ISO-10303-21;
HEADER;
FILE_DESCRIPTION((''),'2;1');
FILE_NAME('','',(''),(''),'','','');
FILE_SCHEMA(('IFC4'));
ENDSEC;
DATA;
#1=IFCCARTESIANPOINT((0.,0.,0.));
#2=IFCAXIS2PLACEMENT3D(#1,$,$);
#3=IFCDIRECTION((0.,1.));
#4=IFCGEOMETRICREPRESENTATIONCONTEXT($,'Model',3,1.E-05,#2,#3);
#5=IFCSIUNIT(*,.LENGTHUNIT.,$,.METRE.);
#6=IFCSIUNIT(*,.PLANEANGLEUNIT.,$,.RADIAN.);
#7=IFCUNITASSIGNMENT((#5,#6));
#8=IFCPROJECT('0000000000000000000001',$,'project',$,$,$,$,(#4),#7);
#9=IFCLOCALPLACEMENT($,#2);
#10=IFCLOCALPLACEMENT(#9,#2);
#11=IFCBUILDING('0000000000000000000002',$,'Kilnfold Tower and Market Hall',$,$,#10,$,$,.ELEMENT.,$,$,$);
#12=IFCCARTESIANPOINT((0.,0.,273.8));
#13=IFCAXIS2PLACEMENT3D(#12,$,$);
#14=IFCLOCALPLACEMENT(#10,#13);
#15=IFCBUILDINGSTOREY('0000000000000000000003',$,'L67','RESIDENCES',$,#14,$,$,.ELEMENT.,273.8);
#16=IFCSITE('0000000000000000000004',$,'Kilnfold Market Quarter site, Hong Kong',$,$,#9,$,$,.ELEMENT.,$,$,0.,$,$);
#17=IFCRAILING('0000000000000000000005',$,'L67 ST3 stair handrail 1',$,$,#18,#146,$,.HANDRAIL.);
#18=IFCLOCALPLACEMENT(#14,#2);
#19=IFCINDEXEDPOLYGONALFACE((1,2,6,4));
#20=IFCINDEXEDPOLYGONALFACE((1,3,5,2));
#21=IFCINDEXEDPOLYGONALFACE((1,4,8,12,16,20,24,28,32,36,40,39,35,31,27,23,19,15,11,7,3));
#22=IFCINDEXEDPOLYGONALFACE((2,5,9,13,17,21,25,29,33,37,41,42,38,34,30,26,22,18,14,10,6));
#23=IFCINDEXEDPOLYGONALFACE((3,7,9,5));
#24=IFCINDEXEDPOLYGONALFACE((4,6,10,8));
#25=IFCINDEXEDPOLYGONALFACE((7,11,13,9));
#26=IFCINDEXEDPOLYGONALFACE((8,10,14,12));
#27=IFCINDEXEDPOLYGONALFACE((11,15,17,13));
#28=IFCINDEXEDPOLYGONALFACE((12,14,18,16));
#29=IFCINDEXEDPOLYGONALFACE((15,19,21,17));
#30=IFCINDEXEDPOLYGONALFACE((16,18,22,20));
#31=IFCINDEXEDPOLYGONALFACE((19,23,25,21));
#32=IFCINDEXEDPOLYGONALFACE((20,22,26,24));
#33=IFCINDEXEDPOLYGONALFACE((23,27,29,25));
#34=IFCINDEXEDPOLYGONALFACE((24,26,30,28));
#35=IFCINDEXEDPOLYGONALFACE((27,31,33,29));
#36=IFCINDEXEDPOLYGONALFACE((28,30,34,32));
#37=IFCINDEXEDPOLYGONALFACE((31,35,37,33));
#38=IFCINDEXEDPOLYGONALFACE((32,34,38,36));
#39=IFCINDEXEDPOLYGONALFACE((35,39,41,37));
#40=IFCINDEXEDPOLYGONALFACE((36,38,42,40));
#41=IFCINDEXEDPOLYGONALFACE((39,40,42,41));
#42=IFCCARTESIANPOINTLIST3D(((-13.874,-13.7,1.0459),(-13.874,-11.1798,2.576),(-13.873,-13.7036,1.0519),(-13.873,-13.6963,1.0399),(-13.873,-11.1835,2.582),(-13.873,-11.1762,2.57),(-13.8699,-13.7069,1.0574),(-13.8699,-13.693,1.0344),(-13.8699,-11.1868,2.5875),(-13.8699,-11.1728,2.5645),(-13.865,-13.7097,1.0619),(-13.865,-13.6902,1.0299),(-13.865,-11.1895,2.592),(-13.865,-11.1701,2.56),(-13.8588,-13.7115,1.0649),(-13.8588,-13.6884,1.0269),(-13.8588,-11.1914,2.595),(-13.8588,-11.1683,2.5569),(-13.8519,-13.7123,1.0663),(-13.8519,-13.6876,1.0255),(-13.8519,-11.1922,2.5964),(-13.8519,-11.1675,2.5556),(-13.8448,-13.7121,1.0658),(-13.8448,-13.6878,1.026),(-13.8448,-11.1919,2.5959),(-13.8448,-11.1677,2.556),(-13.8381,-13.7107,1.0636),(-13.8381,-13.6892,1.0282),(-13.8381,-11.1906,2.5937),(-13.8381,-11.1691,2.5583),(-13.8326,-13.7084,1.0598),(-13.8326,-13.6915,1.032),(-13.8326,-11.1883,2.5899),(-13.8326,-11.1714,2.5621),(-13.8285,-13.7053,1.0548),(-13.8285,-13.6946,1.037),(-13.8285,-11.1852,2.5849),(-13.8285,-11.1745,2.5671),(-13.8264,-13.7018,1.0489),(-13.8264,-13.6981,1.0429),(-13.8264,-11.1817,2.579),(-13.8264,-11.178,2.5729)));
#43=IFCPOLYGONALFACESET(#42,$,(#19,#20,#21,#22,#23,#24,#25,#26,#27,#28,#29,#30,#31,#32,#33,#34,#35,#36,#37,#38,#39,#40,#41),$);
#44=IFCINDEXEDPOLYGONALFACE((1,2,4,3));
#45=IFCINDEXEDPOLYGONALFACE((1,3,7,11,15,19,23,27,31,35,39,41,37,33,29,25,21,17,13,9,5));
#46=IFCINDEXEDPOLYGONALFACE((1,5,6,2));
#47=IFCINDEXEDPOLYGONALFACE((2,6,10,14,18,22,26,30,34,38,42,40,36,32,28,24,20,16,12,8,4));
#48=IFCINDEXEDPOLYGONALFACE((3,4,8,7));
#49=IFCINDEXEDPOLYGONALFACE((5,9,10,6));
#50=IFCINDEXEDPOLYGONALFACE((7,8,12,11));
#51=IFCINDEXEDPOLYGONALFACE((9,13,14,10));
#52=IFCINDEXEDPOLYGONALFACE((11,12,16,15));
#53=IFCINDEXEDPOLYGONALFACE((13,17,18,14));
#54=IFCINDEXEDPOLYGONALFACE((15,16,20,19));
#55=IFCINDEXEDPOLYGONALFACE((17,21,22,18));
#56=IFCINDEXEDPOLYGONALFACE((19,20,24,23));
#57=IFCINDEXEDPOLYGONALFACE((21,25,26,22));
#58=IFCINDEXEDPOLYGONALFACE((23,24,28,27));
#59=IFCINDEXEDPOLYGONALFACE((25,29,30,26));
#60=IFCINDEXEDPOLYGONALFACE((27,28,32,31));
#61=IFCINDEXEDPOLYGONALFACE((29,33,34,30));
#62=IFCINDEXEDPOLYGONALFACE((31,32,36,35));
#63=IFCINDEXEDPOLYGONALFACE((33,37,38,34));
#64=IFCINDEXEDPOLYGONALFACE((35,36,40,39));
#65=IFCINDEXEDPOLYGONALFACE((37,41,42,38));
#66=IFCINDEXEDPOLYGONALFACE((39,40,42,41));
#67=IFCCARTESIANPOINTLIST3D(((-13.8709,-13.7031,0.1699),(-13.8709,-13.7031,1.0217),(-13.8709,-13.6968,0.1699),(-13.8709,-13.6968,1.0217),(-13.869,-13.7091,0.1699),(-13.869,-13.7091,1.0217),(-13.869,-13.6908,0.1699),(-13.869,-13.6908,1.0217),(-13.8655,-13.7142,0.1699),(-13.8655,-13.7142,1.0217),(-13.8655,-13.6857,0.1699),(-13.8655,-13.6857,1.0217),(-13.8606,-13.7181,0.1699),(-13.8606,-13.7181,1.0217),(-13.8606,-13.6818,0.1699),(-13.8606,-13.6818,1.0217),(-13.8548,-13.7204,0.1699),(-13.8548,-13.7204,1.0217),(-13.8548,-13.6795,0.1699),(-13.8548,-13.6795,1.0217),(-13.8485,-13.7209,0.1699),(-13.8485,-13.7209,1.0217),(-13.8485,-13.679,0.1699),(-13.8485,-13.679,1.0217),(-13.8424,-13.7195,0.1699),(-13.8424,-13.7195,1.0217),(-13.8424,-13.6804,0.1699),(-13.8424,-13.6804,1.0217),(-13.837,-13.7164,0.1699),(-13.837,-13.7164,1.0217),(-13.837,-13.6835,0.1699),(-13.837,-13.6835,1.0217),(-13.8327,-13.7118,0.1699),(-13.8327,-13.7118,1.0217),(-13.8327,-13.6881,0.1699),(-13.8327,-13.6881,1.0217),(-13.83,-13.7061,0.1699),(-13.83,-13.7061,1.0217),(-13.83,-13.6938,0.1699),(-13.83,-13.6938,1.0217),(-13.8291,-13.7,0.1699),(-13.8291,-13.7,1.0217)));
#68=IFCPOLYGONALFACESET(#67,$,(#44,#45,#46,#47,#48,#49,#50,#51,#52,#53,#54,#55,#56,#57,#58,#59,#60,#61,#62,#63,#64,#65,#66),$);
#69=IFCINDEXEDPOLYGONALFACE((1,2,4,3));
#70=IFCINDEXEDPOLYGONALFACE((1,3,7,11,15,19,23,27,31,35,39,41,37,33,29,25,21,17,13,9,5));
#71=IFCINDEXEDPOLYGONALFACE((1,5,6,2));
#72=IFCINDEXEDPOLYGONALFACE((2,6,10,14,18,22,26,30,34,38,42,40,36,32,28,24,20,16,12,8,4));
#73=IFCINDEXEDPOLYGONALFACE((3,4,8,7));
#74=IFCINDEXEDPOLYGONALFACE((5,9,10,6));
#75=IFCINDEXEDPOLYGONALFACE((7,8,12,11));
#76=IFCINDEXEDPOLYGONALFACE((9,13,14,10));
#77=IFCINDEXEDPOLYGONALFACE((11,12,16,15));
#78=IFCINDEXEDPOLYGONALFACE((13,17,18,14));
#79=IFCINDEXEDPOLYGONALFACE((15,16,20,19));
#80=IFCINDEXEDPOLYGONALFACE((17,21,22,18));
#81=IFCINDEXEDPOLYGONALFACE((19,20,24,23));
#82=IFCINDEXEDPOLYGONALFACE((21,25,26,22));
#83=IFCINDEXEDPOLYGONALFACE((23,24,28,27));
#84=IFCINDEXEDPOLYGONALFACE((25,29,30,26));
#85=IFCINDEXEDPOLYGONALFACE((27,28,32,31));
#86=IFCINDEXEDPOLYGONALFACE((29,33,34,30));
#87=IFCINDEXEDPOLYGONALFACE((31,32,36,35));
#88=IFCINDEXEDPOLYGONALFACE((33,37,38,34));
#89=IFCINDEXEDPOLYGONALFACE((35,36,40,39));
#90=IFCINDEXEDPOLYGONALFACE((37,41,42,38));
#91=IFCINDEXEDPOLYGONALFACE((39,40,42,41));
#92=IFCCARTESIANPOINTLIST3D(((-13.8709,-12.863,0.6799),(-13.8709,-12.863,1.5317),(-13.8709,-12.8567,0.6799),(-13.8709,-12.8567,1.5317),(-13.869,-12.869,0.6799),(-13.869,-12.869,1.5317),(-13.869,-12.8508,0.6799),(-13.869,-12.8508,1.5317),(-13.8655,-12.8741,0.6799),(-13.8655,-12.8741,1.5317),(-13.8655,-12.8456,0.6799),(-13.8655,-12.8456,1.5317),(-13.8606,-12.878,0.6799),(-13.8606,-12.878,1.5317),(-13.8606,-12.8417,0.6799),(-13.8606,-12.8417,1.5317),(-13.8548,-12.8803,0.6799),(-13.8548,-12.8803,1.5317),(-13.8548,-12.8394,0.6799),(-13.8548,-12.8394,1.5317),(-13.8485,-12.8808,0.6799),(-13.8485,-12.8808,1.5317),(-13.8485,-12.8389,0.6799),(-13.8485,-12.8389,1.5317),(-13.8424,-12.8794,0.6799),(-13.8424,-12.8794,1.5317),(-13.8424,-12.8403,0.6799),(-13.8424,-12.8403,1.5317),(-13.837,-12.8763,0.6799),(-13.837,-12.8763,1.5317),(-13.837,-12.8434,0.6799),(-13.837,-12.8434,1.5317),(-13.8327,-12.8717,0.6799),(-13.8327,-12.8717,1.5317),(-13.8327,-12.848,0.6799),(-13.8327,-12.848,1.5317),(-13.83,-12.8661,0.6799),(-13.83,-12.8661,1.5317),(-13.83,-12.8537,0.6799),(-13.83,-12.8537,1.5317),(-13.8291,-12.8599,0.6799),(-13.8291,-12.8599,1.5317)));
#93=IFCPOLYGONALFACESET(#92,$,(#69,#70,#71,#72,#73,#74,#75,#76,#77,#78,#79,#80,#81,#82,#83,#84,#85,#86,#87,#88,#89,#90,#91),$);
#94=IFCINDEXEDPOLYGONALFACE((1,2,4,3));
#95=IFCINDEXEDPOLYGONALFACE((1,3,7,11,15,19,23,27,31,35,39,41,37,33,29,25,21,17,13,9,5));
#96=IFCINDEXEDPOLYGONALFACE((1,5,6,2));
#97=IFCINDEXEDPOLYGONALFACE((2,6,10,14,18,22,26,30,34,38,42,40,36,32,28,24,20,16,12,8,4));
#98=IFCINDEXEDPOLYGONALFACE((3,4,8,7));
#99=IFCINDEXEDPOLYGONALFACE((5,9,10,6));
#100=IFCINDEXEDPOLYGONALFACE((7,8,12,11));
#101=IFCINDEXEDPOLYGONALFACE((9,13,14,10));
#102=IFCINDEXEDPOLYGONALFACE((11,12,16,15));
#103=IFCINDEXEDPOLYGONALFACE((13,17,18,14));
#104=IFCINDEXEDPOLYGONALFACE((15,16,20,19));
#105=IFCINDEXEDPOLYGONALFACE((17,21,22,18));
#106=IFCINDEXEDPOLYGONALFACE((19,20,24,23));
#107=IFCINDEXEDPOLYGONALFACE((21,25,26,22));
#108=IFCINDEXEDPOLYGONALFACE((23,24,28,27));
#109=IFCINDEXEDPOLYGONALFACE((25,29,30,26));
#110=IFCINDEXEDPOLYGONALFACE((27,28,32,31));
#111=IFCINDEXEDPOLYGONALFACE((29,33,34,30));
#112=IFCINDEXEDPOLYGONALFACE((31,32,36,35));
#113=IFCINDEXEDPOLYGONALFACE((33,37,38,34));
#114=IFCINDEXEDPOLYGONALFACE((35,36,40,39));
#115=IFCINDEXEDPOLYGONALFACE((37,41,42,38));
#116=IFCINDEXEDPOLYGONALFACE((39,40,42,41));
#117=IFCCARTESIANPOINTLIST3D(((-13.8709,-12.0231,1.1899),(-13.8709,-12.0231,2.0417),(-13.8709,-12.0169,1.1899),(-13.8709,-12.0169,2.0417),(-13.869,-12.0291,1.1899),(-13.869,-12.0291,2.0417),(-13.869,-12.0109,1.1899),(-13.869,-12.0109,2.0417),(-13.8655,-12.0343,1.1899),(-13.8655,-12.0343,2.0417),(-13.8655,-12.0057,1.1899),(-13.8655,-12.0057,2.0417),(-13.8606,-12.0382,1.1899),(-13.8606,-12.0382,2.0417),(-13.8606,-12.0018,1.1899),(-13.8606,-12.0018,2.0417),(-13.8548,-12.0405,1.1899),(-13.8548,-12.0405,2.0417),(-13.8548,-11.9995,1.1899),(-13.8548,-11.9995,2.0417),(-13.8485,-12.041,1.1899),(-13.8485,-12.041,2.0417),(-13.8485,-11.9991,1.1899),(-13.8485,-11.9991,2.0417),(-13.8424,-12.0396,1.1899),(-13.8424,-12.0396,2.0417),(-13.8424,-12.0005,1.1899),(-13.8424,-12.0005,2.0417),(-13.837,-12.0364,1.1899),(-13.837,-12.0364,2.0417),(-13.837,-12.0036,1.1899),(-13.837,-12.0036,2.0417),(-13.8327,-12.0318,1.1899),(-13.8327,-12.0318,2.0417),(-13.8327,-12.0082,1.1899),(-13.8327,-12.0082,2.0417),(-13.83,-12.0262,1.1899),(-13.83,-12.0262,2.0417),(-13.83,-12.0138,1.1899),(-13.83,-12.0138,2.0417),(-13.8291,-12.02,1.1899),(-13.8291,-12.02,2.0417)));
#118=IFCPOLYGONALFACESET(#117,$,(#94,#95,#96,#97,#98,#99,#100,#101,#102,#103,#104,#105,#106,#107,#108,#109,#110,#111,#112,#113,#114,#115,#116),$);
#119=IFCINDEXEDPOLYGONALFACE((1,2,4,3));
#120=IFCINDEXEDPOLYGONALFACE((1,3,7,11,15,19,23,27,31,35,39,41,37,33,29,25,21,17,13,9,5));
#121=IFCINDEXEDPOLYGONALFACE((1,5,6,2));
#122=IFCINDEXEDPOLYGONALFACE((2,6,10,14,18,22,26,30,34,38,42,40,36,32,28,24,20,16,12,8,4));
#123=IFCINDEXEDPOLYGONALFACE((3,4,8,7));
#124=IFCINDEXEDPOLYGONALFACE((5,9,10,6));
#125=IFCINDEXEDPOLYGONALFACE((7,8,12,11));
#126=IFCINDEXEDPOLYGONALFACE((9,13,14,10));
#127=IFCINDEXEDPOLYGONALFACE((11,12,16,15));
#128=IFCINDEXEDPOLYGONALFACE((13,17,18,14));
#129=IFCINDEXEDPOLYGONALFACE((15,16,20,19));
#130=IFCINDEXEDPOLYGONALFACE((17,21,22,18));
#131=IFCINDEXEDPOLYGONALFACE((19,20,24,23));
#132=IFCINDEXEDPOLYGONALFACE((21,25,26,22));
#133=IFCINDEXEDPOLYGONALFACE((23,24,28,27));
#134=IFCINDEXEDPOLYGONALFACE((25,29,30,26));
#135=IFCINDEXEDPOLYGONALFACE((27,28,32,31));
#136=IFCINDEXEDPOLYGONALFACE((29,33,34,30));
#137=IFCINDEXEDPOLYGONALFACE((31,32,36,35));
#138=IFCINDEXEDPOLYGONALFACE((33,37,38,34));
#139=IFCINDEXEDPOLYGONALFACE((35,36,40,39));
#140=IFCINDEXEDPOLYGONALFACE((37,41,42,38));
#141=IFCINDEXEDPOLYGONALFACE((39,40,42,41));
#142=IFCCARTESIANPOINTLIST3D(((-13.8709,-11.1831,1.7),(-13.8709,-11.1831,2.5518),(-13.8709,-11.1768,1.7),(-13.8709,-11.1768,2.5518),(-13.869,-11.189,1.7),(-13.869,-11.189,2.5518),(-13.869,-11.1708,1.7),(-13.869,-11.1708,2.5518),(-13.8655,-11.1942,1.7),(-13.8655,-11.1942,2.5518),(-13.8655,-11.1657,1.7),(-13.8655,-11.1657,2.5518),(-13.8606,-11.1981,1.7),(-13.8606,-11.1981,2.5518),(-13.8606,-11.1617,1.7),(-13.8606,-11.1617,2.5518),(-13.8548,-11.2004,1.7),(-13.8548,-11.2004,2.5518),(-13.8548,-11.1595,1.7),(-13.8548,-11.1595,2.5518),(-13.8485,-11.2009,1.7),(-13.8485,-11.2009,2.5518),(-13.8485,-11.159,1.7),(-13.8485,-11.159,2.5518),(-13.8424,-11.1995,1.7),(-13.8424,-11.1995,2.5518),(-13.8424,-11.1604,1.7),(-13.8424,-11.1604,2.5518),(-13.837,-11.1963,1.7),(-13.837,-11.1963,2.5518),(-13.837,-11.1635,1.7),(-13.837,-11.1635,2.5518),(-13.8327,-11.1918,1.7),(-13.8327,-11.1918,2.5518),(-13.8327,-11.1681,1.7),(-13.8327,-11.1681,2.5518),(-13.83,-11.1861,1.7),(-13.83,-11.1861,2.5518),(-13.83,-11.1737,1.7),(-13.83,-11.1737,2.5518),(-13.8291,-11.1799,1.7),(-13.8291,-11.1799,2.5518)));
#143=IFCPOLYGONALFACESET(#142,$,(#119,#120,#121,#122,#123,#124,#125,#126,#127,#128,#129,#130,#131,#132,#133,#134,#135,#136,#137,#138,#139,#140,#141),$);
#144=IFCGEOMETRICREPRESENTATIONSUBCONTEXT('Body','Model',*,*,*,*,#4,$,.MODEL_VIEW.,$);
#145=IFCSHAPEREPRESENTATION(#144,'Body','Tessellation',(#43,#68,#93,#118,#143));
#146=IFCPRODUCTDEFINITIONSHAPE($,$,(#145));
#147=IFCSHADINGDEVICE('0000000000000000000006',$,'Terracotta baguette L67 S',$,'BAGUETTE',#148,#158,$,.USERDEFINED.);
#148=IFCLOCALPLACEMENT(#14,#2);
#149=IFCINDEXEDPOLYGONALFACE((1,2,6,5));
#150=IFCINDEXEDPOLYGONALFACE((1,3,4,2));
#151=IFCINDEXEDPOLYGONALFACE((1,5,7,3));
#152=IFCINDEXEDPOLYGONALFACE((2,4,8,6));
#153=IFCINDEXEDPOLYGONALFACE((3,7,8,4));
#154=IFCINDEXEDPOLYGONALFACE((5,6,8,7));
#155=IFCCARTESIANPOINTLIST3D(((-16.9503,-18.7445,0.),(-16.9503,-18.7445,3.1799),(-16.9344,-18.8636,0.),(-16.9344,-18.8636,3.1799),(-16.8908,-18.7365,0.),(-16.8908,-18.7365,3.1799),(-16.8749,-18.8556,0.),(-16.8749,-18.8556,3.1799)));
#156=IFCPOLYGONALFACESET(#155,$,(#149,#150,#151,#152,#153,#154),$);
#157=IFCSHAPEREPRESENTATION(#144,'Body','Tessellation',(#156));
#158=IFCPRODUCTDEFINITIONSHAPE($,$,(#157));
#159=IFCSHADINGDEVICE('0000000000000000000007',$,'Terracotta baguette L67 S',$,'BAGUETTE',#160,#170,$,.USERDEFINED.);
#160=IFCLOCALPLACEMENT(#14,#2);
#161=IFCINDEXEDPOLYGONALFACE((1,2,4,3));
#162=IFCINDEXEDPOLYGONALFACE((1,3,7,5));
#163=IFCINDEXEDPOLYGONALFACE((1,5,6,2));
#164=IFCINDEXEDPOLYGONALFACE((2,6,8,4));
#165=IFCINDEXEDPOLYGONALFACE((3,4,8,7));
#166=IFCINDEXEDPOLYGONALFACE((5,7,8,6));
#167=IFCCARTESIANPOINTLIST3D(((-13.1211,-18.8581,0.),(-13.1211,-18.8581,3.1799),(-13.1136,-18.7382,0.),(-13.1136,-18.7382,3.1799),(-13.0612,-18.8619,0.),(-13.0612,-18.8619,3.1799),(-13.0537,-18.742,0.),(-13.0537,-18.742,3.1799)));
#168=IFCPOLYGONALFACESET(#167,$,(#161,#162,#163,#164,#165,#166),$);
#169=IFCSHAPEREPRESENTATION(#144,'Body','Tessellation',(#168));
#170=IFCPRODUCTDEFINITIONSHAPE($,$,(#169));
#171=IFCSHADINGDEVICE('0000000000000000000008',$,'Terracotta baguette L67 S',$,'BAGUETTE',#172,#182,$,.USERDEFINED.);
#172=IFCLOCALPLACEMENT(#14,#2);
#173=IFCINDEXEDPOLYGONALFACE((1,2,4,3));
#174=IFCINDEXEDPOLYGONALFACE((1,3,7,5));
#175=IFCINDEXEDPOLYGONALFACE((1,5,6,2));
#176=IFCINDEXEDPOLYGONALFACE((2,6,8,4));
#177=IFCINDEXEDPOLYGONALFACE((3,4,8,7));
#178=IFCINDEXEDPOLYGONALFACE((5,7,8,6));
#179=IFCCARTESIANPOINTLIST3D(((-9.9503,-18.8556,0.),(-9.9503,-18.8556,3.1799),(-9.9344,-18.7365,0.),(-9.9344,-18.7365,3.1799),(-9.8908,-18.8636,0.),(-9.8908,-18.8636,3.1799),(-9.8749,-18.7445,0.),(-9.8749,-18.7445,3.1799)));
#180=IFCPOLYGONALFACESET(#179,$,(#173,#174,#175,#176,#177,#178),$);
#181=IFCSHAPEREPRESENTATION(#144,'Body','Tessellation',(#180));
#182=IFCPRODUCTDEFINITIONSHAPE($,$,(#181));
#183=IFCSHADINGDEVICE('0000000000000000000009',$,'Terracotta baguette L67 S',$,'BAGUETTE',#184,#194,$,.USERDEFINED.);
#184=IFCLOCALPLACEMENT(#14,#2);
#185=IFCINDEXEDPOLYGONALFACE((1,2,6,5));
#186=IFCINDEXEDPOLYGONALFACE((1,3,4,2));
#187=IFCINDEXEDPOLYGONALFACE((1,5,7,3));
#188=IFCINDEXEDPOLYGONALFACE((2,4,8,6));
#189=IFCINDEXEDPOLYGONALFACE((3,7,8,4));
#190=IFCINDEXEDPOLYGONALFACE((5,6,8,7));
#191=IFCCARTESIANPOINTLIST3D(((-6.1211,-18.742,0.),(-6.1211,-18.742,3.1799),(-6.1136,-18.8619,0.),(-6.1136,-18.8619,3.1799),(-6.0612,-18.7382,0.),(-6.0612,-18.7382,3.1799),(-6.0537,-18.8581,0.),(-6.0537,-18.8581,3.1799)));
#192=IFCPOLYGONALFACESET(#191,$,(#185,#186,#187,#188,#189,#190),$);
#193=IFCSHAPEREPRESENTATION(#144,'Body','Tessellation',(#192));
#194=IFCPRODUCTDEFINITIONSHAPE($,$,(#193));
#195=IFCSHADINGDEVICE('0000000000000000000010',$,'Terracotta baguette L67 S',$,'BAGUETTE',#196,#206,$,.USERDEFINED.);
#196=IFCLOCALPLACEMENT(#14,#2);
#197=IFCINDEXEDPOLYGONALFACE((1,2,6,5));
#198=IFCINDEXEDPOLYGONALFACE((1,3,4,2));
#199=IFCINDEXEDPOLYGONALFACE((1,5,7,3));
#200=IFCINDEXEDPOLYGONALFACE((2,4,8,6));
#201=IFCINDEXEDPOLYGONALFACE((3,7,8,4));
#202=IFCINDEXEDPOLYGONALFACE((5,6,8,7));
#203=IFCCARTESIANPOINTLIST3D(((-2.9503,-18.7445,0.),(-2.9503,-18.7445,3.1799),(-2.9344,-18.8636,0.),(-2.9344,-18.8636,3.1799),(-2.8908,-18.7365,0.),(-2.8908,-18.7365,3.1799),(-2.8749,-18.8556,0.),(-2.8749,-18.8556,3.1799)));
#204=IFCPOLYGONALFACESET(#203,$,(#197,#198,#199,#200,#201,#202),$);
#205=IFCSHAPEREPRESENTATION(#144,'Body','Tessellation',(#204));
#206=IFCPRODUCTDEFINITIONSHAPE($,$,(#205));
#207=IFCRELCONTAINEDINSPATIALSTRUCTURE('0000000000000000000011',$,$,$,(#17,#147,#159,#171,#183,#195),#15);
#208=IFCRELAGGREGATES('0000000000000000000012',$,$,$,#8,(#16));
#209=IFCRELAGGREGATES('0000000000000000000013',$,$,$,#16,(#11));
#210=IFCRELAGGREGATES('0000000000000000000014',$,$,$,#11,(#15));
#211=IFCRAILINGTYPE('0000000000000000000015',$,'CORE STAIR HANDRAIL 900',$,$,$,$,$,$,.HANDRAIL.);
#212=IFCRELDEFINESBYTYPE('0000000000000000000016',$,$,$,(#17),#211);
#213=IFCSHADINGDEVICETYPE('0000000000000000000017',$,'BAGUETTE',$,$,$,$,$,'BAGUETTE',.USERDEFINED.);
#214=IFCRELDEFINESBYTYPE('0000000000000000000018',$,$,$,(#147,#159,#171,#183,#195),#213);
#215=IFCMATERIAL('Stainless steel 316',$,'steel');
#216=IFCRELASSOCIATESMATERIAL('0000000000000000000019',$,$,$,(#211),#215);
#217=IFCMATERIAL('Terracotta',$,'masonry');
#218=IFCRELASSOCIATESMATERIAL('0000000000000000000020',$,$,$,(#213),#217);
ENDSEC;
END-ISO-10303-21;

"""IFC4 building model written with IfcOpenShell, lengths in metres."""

from ifc_helpers import new_model, si_unit, direction, frame, origin, origin_2d, place, context, subcontext, project, spatial, rectangle, circle, extrude, source, transform, mapped, material, material_profile, profile_set, type_object, element, save


model = new_model("IFC4")

# Units and contexts
model_context = context("Model", 3, precision=1e-05, world=origin(), true_north=direction((0.0, 1.0)))
body_context = subcontext(model_context, "Body", "Model", "MODEL_VIEW")
ifc_project = project(units=[si_unit("LENGTHUNIT", "METRE"), si_unit("PLANEANGLEUNIT", "RADIAN")], contexts=[model_context])

# Site, building, storey
site_placement = place(None, origin())
site = spatial("IfcSite", under=ifc_project, at=site_placement, Name="Kilnfold Market Quarter site, Hong Kong", CompositionType="ELEMENT", RefElevation=0.0)
building_placement = place(site_placement, origin())
building = spatial("IfcBuilding", under=site, at=building_placement, Name="Kilnfold Tower and Market Hall", CompositionType="ELEMENT")
storey_placement = place(building_placement, frame((0.0, 0.0, 273.8)))
storey = spatial("IfcBuildingStorey", under=building, at=storey_placement, Name="L67", Description="RESIDENCES", CompositionType="ELEMENT", Elevation=273.8)

# Railing
ifc_material_1 = material(Name="Stainless steel 316", Category="steel")
railing_type_1 = type_object("IfcRailingType", Name="CORE STAIR HANDRAIL 900", PredefinedType="HANDRAIL", material=ifc_material_1)
railing_1_placement = place(storey_placement, frame((-13.8501, -13.7, 0.1699)))
element("IfcRailing", 1, at=railing_1_placement, inside=storey, type_object=railing_type_1, Name="L67 ST3 stair handrail 1", PredefinedType="HANDRAIL", context=body_context, shape_type="SweptSolid", body=[
    extrude(circle(Radius=0.0239, at=origin_2d()), frame((0.0, 0.0, 0.876), z_axis=(0.0, 0.854785, 0.518982), x_axis=(-1.0, 0.0, 0.0)), (0.0, 0.0, 1.0), 2.9482),
    extrude(circle(Radius=0.021, at=origin_2d()), origin(), (0.0, 0.0, 1.0), 0.8518),
    extrude(circle(Radius=0.021, at=origin_2d()), frame((0.0, 0.8401, 0.51)), (0.0, 0.0, 1.0), 0.8518),
    extrude(circle(Radius=0.021, at=origin_2d()), frame((0.0, 1.6799, 1.02)), (0.0, 0.0, 1.0), 0.8518),
    extrude(circle(Radius=0.021, at=origin_2d()), frame((0.0, 2.52, 1.53)), (0.0, 0.0, 1.0), 0.8518),
])

# Shading devices
ifc_material_2 = material(Name="Terracotta", Category="masonry")
ifc_material_profile_1 = material_profile(ifc_material_2, rectangle(XDim=0.0601, YDim=0.1201, at=origin_2d()), Name="BAG 60x120")
ifc_profile_set_1 = profile_set([ifc_material_profile_1], Name="Terracotta")
shading_device_type = type_object("IfcShadingDeviceType", Name="BAGUETTE", ElementType="BAGUETTE", PredefinedType="USERDEFINED", material=ifc_profile_set_1)
shared_shape_1 = source(origin(), body_context, "Body", "SweptSolid", [
    extrude(rectangle(XDim=0.0601, YDim=0.1201, at=origin_2d()), origin(), (0.0, 0.0, 1.0), 3.1799),
])
for number, where, z_axis, x_axis, name in (
    (2, (-16.9126, -18.8, 0.0), (0.0, 0.0, 1.0), (0.99121, 0.132296, 0.0), "Terracotta baguette L67 S"),
    (3, (-13.0874, -18.8, 0.0), (0.0, 0.0, 1.0), (0.99806, -0.062257, 0.0), "Terracotta baguette L67 S"),
    (4, (-9.9126, -18.8, 0.0), (0.0, 0.0, 1.0), (0.99121, -0.132296, 0.0), "Terracotta baguette L67 S"),
    (5, (-6.0874, -18.8, 0.0), (0.0, 0.0, 1.0), (0.99806, 0.062257, 0.0), "Terracotta baguette L67 S"),
    (6, (-2.9126, -18.8, 0.0), (0.0, 0.0, 1.0), (0.99121, 0.132296, 0.0), "Terracotta baguette L67 S"),
):
    element("IfcShadingDevice", number, at=place(storey_placement, frame(where, z_axis=z_axis, x_axis=x_axis)), inside=storey, type_object=shading_device_type, Name=name, ObjectType="BAGUETTE", PredefinedType="USERDEFINED", context=body_context, shape_type="MappedRepresentation", body=[
        mapped(shared_shape_1, transform((0.0, 0.0, 0.0))),
    ])

save(model, "model.ifc")
